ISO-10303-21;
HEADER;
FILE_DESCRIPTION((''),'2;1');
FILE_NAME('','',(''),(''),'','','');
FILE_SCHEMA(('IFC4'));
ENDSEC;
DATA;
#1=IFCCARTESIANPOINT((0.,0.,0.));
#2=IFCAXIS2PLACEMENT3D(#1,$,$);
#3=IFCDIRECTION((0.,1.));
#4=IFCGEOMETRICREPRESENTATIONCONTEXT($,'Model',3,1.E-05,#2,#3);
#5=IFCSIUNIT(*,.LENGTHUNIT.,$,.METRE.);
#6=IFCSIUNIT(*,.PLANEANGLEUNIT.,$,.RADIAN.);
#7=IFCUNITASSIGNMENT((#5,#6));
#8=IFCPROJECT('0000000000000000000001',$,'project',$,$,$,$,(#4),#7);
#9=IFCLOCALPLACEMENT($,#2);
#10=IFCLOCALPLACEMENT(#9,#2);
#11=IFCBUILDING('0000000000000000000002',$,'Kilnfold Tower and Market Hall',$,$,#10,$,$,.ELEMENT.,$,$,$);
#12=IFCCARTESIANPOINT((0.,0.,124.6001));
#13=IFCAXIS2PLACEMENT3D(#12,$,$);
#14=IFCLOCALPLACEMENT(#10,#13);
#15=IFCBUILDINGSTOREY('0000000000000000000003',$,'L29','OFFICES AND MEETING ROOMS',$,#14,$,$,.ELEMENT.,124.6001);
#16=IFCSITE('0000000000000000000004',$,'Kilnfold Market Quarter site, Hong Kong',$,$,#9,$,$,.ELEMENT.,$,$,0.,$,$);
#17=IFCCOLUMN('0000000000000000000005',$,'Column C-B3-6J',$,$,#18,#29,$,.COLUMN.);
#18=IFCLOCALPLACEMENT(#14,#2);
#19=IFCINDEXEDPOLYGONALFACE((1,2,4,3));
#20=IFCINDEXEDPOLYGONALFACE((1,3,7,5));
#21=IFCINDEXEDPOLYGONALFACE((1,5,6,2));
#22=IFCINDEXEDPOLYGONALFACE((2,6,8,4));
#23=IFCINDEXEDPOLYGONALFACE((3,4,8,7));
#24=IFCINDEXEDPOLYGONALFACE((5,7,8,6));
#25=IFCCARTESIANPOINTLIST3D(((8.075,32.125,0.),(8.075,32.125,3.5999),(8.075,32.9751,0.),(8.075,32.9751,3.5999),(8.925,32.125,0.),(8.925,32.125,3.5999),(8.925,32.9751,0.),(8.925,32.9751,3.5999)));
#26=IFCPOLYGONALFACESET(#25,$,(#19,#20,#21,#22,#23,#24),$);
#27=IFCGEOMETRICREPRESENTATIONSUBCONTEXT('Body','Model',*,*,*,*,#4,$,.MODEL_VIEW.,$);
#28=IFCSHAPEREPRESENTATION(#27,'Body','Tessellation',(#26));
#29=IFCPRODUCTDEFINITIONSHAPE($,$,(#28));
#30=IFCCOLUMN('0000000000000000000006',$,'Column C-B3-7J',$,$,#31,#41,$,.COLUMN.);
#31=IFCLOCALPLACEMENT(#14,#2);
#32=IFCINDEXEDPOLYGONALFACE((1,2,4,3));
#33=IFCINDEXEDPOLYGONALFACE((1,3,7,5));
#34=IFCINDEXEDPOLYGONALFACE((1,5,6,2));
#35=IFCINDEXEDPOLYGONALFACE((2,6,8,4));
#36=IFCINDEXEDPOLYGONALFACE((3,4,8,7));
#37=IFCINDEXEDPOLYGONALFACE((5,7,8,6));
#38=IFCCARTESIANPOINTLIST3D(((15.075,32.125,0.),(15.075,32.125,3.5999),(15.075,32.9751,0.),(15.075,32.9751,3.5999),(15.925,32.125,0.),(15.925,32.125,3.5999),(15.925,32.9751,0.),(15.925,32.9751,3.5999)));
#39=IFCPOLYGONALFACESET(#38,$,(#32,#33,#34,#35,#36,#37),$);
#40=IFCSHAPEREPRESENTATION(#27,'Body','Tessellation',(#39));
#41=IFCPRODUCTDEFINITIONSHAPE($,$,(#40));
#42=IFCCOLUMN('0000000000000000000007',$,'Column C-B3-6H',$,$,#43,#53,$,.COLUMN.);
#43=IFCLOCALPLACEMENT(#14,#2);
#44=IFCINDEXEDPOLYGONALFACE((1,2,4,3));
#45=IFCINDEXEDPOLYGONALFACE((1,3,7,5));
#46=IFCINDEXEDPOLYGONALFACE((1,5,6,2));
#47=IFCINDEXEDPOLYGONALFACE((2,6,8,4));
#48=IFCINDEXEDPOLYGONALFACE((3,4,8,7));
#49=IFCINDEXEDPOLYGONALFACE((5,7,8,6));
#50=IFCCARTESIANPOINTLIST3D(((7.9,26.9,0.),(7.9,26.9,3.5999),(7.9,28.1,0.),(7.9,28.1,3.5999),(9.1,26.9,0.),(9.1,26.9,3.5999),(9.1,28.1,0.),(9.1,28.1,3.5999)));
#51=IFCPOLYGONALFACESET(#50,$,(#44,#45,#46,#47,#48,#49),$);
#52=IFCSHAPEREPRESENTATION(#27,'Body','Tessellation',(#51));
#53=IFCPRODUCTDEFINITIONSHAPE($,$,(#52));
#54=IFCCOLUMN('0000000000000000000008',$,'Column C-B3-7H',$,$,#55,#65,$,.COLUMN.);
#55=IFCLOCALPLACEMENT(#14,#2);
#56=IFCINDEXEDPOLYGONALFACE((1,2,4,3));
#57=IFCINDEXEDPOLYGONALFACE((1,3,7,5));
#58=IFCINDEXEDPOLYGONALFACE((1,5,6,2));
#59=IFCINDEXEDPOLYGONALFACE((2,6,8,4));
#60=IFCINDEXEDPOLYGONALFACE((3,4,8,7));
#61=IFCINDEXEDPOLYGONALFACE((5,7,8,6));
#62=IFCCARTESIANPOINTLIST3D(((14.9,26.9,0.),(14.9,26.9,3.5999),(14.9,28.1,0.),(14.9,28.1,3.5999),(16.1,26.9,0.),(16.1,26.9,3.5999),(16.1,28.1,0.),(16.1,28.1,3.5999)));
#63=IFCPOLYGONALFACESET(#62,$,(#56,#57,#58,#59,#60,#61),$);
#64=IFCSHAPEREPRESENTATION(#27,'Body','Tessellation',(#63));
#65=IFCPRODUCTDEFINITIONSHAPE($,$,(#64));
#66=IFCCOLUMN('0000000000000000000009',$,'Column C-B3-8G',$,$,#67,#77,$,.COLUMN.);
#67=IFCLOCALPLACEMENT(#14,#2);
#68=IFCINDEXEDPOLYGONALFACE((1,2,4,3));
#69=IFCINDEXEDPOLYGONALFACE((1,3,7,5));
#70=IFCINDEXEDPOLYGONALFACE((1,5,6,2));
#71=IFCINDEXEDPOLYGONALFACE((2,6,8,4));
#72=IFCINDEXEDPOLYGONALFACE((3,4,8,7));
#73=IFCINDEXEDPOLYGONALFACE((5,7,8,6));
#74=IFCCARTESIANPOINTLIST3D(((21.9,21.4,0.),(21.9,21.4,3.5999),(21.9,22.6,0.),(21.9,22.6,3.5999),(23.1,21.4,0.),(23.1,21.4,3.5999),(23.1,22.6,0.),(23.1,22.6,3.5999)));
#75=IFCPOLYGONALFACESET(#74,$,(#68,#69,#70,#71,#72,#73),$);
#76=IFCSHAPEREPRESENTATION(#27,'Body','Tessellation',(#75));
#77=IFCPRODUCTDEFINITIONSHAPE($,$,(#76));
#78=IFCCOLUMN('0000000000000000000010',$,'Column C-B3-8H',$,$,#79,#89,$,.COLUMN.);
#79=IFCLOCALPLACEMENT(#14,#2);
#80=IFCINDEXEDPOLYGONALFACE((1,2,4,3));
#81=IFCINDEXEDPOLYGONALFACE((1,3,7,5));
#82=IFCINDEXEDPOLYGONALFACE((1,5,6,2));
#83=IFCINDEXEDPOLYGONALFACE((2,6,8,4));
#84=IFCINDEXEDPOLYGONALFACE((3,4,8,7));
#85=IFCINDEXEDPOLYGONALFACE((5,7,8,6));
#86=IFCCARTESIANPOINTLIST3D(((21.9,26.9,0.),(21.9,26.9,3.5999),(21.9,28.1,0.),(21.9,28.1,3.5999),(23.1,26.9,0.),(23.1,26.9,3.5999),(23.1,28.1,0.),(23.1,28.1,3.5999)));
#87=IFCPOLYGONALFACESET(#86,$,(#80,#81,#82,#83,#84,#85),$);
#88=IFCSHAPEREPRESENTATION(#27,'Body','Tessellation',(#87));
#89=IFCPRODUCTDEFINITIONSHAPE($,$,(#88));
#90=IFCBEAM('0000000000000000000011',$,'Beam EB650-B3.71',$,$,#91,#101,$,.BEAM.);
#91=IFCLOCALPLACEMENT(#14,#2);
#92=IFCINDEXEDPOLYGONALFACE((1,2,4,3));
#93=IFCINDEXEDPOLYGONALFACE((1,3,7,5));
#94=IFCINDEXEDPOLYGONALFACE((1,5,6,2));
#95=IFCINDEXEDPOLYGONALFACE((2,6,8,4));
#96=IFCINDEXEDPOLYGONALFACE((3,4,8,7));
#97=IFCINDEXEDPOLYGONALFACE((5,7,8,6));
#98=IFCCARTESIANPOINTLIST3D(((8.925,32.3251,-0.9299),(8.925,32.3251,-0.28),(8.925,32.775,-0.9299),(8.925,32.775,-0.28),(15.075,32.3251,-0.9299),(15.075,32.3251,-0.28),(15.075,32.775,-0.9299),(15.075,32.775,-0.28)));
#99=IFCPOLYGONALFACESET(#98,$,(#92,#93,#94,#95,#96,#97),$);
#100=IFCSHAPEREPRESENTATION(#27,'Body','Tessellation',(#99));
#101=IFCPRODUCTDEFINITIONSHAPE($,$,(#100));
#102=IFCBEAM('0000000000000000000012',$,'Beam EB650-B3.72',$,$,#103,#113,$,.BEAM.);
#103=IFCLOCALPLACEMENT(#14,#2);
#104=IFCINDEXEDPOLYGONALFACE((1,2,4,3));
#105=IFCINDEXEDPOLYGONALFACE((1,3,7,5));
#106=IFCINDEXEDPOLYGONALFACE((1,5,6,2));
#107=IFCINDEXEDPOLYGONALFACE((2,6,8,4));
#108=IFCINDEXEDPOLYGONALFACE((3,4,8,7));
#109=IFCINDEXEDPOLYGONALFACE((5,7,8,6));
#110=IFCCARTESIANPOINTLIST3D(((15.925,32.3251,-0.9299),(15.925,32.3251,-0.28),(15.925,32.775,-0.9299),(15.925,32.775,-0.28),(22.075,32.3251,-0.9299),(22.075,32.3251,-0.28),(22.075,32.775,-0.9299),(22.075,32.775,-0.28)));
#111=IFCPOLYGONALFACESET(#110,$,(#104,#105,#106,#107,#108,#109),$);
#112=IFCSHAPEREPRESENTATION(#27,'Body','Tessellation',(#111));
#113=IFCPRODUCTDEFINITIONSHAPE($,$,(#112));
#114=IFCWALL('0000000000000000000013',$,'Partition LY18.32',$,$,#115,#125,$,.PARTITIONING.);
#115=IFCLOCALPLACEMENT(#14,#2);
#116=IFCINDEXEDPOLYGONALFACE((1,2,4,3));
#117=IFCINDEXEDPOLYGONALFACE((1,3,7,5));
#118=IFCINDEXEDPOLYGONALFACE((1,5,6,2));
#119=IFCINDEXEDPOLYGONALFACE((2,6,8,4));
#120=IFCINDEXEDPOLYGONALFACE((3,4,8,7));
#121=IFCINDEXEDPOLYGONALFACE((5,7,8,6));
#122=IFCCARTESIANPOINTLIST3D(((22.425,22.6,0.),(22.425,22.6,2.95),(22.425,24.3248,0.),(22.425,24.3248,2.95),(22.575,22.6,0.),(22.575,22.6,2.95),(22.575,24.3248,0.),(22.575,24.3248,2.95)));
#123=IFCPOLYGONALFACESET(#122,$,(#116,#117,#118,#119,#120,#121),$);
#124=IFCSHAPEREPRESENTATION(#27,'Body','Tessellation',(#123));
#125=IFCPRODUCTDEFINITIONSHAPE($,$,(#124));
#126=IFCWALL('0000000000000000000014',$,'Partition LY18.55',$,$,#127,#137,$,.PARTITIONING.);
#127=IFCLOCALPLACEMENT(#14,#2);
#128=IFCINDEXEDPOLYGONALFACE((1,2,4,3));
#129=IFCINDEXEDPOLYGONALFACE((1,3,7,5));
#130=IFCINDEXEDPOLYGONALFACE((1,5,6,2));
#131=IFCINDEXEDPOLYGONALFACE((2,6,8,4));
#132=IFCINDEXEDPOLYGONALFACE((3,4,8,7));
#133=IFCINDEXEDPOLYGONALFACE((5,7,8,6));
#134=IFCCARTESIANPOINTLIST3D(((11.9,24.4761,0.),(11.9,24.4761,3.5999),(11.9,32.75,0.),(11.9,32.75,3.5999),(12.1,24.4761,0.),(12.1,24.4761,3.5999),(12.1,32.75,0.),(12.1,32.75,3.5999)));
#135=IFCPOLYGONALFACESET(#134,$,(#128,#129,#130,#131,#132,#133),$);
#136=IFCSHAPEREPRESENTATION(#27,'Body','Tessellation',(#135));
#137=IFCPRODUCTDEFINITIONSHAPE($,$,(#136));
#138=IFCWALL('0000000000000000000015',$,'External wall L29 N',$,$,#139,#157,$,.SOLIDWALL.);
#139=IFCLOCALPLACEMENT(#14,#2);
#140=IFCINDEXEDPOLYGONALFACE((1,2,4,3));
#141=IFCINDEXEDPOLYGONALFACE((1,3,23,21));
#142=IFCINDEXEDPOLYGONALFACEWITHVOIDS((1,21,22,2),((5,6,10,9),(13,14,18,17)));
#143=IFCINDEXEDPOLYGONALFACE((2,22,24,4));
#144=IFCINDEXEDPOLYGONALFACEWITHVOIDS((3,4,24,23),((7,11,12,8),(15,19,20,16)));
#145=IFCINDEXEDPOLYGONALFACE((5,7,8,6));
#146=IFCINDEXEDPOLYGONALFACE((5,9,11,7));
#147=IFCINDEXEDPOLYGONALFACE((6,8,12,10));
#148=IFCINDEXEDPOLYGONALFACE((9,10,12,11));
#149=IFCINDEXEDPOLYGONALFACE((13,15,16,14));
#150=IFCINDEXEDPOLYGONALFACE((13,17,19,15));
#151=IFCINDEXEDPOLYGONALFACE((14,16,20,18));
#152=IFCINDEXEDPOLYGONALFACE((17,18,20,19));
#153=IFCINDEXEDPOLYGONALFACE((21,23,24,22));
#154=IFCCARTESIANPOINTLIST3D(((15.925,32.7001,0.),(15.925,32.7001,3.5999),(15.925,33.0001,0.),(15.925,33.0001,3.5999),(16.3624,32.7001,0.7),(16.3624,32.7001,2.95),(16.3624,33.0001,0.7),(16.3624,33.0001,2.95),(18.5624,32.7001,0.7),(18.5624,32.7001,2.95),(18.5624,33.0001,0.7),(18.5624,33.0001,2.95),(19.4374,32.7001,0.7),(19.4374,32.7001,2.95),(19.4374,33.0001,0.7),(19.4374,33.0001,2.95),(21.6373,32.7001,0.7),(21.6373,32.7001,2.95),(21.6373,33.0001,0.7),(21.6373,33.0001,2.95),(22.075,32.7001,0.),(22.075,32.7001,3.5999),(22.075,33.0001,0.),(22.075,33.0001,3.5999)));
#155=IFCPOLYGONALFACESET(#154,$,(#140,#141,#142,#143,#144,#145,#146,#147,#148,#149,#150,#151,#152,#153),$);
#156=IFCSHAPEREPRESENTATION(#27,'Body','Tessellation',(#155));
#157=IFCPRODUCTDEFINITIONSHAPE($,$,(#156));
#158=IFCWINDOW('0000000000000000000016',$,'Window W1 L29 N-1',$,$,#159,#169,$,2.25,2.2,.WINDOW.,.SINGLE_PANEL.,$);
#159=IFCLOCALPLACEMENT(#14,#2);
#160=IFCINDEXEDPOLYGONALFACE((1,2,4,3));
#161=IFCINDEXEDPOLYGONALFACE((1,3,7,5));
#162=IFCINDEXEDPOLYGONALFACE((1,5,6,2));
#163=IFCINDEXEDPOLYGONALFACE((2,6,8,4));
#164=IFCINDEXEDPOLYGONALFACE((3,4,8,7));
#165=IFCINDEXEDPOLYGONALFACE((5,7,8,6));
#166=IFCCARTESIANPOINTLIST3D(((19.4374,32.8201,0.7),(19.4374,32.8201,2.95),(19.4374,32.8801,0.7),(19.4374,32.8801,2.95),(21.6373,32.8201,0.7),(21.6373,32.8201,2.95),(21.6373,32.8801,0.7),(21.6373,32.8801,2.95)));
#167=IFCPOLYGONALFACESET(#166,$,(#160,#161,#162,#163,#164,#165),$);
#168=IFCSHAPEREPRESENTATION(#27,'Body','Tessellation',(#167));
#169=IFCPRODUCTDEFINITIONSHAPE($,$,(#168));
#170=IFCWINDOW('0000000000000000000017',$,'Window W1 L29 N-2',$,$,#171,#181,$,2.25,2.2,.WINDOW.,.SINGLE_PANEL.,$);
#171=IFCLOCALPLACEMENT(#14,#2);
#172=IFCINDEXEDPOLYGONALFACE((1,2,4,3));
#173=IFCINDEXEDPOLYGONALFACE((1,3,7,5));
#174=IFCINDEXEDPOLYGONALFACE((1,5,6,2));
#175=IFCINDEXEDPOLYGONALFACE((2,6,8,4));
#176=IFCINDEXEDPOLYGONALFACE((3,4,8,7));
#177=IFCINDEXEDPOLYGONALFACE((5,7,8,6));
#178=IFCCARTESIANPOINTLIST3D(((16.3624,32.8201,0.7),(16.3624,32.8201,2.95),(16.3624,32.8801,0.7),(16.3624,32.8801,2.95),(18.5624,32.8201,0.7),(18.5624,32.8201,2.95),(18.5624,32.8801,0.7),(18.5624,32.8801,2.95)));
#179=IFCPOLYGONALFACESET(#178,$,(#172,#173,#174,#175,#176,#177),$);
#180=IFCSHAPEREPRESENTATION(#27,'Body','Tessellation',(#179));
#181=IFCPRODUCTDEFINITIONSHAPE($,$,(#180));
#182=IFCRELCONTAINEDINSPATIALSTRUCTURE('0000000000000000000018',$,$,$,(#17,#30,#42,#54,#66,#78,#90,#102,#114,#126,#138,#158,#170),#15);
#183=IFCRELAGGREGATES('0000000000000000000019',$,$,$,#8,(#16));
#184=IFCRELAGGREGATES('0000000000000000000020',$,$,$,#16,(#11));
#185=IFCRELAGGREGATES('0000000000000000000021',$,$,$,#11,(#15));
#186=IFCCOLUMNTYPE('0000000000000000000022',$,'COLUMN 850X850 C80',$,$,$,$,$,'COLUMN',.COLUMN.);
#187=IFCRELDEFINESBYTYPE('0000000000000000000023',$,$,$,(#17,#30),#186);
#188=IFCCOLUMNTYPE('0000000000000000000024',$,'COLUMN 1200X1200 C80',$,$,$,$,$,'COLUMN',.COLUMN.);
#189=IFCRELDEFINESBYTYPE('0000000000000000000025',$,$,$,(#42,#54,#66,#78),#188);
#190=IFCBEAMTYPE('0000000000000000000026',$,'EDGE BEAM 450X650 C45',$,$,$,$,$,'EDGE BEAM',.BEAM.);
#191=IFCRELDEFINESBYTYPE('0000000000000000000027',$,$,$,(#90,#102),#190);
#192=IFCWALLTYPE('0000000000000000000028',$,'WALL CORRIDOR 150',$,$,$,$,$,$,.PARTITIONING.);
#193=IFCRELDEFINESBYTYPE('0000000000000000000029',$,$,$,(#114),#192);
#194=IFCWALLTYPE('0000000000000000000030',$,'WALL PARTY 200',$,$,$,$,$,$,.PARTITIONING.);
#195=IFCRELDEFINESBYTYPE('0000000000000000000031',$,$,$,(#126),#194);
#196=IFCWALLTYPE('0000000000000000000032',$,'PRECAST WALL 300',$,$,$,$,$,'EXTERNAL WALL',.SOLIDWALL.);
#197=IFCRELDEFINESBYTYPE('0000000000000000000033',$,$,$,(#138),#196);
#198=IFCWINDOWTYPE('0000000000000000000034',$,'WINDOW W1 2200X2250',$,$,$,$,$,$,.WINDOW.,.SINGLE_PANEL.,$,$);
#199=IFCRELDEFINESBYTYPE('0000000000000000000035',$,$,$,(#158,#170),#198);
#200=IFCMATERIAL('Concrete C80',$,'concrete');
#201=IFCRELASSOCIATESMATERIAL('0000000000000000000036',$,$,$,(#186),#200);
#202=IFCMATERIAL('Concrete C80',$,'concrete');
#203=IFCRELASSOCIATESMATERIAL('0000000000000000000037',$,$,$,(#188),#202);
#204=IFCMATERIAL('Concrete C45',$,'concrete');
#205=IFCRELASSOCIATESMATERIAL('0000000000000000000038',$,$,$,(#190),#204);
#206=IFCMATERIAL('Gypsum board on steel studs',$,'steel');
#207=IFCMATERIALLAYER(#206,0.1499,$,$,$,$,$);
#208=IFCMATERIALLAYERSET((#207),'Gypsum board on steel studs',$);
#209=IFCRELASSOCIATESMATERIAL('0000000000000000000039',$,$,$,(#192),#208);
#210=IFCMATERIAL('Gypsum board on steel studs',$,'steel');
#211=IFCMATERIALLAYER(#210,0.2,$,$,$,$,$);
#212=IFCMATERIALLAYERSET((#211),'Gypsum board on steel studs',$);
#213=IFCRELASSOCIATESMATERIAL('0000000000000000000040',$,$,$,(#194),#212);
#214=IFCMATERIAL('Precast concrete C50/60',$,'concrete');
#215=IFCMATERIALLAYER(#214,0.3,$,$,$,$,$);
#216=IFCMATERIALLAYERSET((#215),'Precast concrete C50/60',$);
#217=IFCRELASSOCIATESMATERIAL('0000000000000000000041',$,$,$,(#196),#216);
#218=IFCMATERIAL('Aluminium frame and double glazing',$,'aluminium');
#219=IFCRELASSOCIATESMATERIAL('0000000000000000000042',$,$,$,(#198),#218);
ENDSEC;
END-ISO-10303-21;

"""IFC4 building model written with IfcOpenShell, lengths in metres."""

from ifc_helpers import new_model, si_unit, direction, frame, frame_2d, origin, origin_2d, place, context, subcontext, project, spatial, rectangle, extrude, source, transform, mapped, material, layer, layer_set, material_profile, profile_set, type_object, element, fill, save


model = new_model("IFC4")

# Units and contexts
model_context = context("Model", 3, precision=1e-05, world=origin(), true_north=direction((0.0, 1.0)))
body_context = subcontext(model_context, "Body", "Model", "MODEL_VIEW")
ifc_project = project(units=[si_unit("LENGTHUNIT", "METRE"), si_unit("PLANEANGLEUNIT", "RADIAN")], contexts=[model_context])

# Site, building, storey
site_placement = place(None, origin())
site = spatial("IfcSite", under=ifc_project, at=site_placement, Name="Kilnfold Market Quarter site, Hong Kong", CompositionType="ELEMENT", RefElevation=0.0)
building_placement = place(site_placement, origin())
building = spatial("IfcBuilding", under=site, at=building_placement, Name="Kilnfold Tower and Market Hall", CompositionType="ELEMENT")
storey_placement = place(building_placement, frame((0.0, 0.0, 124.6001)))
storey = spatial("IfcBuildingStorey", under=building, at=storey_placement, Name="L29", Description="OFFICES AND MEETING ROOMS", CompositionType="ELEMENT", Elevation=124.6001)

# Columns
ifc_material_1 = material(Name="Concrete C80", Category="concrete")
ifc_material_profile_1 = material_profile(ifc_material_1, rectangle(XDim=0.8501, YDim=0.8501, at=origin_2d()), Name="RC 850x850")
ifc_profile_set_1 = profile_set([ifc_material_profile_1], Name="Concrete C80")
column_type_1 = type_object("IfcColumnType", Name="COLUMN 850X850 C80", ElementType="COLUMN", PredefinedType="COLUMN", material=ifc_profile_set_1)
shared_shape_1 = source(origin(), body_context, "Body", "SweptSolid", [
    extrude(rectangle(XDim=0.8501, YDim=0.8501, at=origin_2d()), origin(), (0.0, 0.0, 1.0), 3.5999),
])
for number, where, z_axis, x_axis, name in (
    (1, (8.5, 32.55, 0.0), (0.0, 0.0, 1.0), (1.0, 0.0, 0.0), "Column C-B3-6J"),
    (2, (15.5, 32.55, 0.0), (0.0, 0.0, 1.0), (1.0, 0.0, 0.0), "Column C-B3-7J"),
):
    element("IfcColumn", number, at=place(storey_placement, frame(where, z_axis=z_axis, x_axis=x_axis)), inside=storey, type_object=column_type_1, Name=name, PredefinedType="COLUMN", context=body_context, shape_type="MappedRepresentation", body=[
        mapped(shared_shape_1, transform((0.0, 0.0, 0.0))),
    ])
ifc_material_2 = material(Name="Concrete C80", Category="concrete")
ifc_material_profile_2 = material_profile(ifc_material_2, rectangle(XDim=1.2, YDim=1.2, at=origin_2d()), Name="RC 1200x1200")
ifc_profile_set_2 = profile_set([ifc_material_profile_2], Name="Concrete C80")
column_type_2 = type_object("IfcColumnType", Name="COLUMN 1200X1200 C80", ElementType="COLUMN", PredefinedType="COLUMN", material=ifc_profile_set_2)
shared_shape_2 = source(origin(), body_context, "Body", "SweptSolid", [
    extrude(rectangle(XDim=1.2, YDim=1.2, at=origin_2d()), origin(), (0.0, 0.0, 1.0), 3.5999),
])
for number, where, z_axis, x_axis, name in (
    (3, (8.5, 27.5, 0.0), (0.0, 0.0, 1.0), (1.0, 0.0, 0.0), "Column C-B3-6H"),
    (4, (15.5, 27.5, 0.0), (0.0, 0.0, 1.0), (1.0, 0.0, 0.0), "Column C-B3-7H"),
    (5, (22.5, 22.0, 0.0), (0.0, 0.0, 1.0), (1.0, 0.0, 0.0), "Column C-B3-8G"),
    (6, (22.5, 27.5, 0.0), (0.0, 0.0, 1.0), (1.0, 0.0, 0.0), "Column C-B3-8H"),
):
    element("IfcColumn", number, at=place(storey_placement, frame(where, z_axis=z_axis, x_axis=x_axis)), inside=storey, type_object=column_type_2, Name=name, PredefinedType="COLUMN", context=body_context, shape_type="MappedRepresentation", body=[
        mapped(shared_shape_2, transform((0.0, 0.0, 0.0))),
    ])

# Beams
ifc_material_3 = material(Name="Concrete C45", Category="concrete")
ifc_material_profile_3 = material_profile(ifc_material_3, rectangle(XDim=0.45, YDim=0.6499, at=origin_2d()), Name="RC 450x650")
ifc_profile_set_3 = profile_set([ifc_material_profile_3], Name="Concrete C45")
beam_type = type_object("IfcBeamType", Name="EDGE BEAM 450X650 C45", ElementType="EDGE BEAM", PredefinedType="BEAM", material=ifc_profile_set_3)
shared_shape_3 = source(origin(), body_context, "Body", "SweptSolid", [
    extrude(rectangle(XDim=0.45, YDim=0.6499, at=origin_2d()), origin(), (0.0, 0.0, 1.0), 6.1499),
])
for number, where, z_axis, x_axis, name in (
    (7, (8.925, 32.55, -0.605), (1.0, 0.0, 0.0), (0.0, 1.0, 0.0), "Beam EB650-B3.71"),
    (8, (15.925, 32.55, -0.605), (1.0, 0.0, 0.0), (0.0, 1.0, 0.0), "Beam EB650-B3.72"),
):
    element("IfcBeam", number, at=place(storey_placement, frame(where, z_axis=z_axis, x_axis=x_axis)), inside=storey, type_object=beam_type, Name=name, PredefinedType="BEAM", context=body_context, shape_type="MappedRepresentation", body=[
        mapped(shared_shape_3, transform((0.0, 0.0, 0.0))),
    ])

# Walls
ifc_material_4 = material(Name="Gypsum board on steel studs", Category="steel")
ifc_layer_1 = layer(ifc_material_4, 0.1499)
ifc_layer_set_1 = layer_set([ifc_layer_1], Name="Gypsum board on steel studs")
wall_type_1 = type_object("IfcWallType", Name="WALL CORRIDOR 150", PredefinedType="PARTITIONING", material=ifc_layer_set_1)
wall_1_placement = place(storey_placement, frame((22.5, 22.6001, 0.0), z_axis=(0.0, 0.0, 1.0), x_axis=(0.0, 1.0, 0.0)))
element("IfcWall", 9, at=wall_1_placement, inside=storey, type_object=wall_type_1, Name="Partition LY18.32", PredefinedType="PARTITIONING", context=body_context, shape_type="SweptSolid", body=[
    extrude(rectangle(XDim=1.7249, YDim=0.1499, at=frame_2d((0.8623, 0.0))), origin(), (0.0, 0.0, 1.0), 2.95),
])
ifc_material_5 = material(Name="Gypsum board on steel studs", Category="steel")
ifc_layer_2 = layer(ifc_material_5, 0.2)
ifc_layer_set_2 = layer_set([ifc_layer_2], Name="Gypsum board on steel studs")
wall_type_2 = type_object("IfcWallType", Name="WALL PARTY 200", PredefinedType="PARTITIONING", material=ifc_layer_set_2)
wall_2_placement = place(storey_placement, frame((12.0, 24.4761, 0.0), z_axis=(0.0, 0.0, 1.0), x_axis=(0.0, 1.0, 0.0)))
element("IfcWall", 10, at=wall_2_placement, inside=storey, type_object=wall_type_2, Name="Partition LY18.55", PredefinedType="PARTITIONING", context=body_context, shape_type="SweptSolid", body=[
    extrude(rectangle(XDim=8.2739, YDim=0.2, at=frame_2d((4.137, 0.0))), origin(), (0.0, 0.0, 1.0), 3.5999),
])

# Wall, openings, windows
ifc_material_6 = material(Name="Precast concrete C50/60", Category="concrete")
ifc_layer_3 = layer(ifc_material_6, 0.3)
ifc_layer_set_3 = layer_set([ifc_layer_3], Name="Precast concrete C50/60")
wall_type_3 = type_object("IfcWallType", Name="PRECAST WALL 300", ElementType="EXTERNAL WALL", PredefinedType="SOLIDWALL", material=ifc_layer_set_3)
shared_shape_4 = source(origin(), body_context, "Body", "SweptSolid", [
    extrude(rectangle(XDim=6.1499, YDim=0.3, at=frame_2d((3.075, 0.0))), origin(), (0.0, 0.0, 1.0), 3.5999),
])
wall_3_placement = place(storey_placement, frame((22.075, 32.8501, 0.0), z_axis=(0.0, 0.0, 1.0), x_axis=(-1.0, 0.0, 0.0)))
wall_3 = element("IfcWall", 11, at=wall_3_placement, inside=storey, type_object=wall_type_3, Name="External wall L29 N", PredefinedType="SOLIDWALL", context=body_context, shape_type="MappedRepresentation", body=[
    mapped(shared_shape_4, transform((0.0, 0.0, 0.0))),
])
opening_1_placement = place(wall_3_placement, frame((0.4375, 0.0, 0.7)))
opening_1 = element("IfcOpeningElement", 12, at=opening_1_placement, cuts=wall_3, PredefinedType="OPENING", context=body_context, shape_type="SweptSolid", body=[
    extrude(rectangle(XDim=2.2, YDim=2.25, at=frame_2d((1.1001, 1.125))), frame((0.0, 0.1602, 0.0), z_axis=(0.0, -1.0, 0.0), x_axis=(1.0, 0.0, 0.0)), (0.0, 0.0, 1.0), 0.3201),
])
opening_2_placement = place(wall_3_placement, frame((3.5125, 0.0, 0.7)))
opening_2 = element("IfcOpeningElement", 13, at=opening_2_placement, cuts=wall_3, PredefinedType="OPENING", context=body_context, shape_type="SweptSolid", body=[
    extrude(rectangle(XDim=2.2, YDim=2.25, at=frame_2d((1.1001, 1.125))), frame((0.0, 0.1602, 0.0), z_axis=(0.0, -1.0, 0.0), x_axis=(1.0, 0.0, 0.0)), (0.0, 0.0, 1.0), 0.3201),
])
ifc_material_7 = material(Name="Aluminium frame and double glazing", Category="aluminium")
window_type = type_object("IfcWindowType", Name="WINDOW W1 2200X2250", PartitioningType="SINGLE_PANEL", PredefinedType="WINDOW", material=ifc_material_7)
window_1_placement = place(opening_1_placement, origin())
window_1 = element("IfcWindow", 14, at=window_1_placement, inside=storey, type_object=window_type, Name="Window W1 L29 N-1", OverallHeight=2.25, OverallWidth=2.2, PartitioningType="SINGLE_PANEL", PredefinedType="WINDOW", context=body_context, shape_type="SweptSolid", body=[
    extrude(rectangle(XDim=2.2, YDim=2.25, at=frame_2d((1.1001, 1.125))), frame((0.0, 0.03, 0.0), z_axis=(0.0, -1.0, 0.0), x_axis=(1.0, 0.0, 0.0)), (0.0, 0.0, 1.0), 0.0601),
])
fill(opening_1, window_1)
window_2_placement = place(opening_2_placement, origin())
window_2 = element("IfcWindow", 15, at=window_2_placement, inside=storey, type_object=window_type, Name="Window W1 L29 N-2", OverallHeight=2.25, OverallWidth=2.2, PartitioningType="SINGLE_PANEL", PredefinedType="WINDOW", context=body_context, shape_type="SweptSolid", body=[
    extrude(rectangle(XDim=2.2, YDim=2.25, at=frame_2d((1.1001, 1.125))), frame((0.0, 0.03, 0.0), z_axis=(0.0, -1.0, 0.0), x_axis=(1.0, 0.0, 0.0)), (0.0, 0.0, 1.0), 0.0601),
])
fill(opening_2, window_2)

save(model, "model.ifc")
